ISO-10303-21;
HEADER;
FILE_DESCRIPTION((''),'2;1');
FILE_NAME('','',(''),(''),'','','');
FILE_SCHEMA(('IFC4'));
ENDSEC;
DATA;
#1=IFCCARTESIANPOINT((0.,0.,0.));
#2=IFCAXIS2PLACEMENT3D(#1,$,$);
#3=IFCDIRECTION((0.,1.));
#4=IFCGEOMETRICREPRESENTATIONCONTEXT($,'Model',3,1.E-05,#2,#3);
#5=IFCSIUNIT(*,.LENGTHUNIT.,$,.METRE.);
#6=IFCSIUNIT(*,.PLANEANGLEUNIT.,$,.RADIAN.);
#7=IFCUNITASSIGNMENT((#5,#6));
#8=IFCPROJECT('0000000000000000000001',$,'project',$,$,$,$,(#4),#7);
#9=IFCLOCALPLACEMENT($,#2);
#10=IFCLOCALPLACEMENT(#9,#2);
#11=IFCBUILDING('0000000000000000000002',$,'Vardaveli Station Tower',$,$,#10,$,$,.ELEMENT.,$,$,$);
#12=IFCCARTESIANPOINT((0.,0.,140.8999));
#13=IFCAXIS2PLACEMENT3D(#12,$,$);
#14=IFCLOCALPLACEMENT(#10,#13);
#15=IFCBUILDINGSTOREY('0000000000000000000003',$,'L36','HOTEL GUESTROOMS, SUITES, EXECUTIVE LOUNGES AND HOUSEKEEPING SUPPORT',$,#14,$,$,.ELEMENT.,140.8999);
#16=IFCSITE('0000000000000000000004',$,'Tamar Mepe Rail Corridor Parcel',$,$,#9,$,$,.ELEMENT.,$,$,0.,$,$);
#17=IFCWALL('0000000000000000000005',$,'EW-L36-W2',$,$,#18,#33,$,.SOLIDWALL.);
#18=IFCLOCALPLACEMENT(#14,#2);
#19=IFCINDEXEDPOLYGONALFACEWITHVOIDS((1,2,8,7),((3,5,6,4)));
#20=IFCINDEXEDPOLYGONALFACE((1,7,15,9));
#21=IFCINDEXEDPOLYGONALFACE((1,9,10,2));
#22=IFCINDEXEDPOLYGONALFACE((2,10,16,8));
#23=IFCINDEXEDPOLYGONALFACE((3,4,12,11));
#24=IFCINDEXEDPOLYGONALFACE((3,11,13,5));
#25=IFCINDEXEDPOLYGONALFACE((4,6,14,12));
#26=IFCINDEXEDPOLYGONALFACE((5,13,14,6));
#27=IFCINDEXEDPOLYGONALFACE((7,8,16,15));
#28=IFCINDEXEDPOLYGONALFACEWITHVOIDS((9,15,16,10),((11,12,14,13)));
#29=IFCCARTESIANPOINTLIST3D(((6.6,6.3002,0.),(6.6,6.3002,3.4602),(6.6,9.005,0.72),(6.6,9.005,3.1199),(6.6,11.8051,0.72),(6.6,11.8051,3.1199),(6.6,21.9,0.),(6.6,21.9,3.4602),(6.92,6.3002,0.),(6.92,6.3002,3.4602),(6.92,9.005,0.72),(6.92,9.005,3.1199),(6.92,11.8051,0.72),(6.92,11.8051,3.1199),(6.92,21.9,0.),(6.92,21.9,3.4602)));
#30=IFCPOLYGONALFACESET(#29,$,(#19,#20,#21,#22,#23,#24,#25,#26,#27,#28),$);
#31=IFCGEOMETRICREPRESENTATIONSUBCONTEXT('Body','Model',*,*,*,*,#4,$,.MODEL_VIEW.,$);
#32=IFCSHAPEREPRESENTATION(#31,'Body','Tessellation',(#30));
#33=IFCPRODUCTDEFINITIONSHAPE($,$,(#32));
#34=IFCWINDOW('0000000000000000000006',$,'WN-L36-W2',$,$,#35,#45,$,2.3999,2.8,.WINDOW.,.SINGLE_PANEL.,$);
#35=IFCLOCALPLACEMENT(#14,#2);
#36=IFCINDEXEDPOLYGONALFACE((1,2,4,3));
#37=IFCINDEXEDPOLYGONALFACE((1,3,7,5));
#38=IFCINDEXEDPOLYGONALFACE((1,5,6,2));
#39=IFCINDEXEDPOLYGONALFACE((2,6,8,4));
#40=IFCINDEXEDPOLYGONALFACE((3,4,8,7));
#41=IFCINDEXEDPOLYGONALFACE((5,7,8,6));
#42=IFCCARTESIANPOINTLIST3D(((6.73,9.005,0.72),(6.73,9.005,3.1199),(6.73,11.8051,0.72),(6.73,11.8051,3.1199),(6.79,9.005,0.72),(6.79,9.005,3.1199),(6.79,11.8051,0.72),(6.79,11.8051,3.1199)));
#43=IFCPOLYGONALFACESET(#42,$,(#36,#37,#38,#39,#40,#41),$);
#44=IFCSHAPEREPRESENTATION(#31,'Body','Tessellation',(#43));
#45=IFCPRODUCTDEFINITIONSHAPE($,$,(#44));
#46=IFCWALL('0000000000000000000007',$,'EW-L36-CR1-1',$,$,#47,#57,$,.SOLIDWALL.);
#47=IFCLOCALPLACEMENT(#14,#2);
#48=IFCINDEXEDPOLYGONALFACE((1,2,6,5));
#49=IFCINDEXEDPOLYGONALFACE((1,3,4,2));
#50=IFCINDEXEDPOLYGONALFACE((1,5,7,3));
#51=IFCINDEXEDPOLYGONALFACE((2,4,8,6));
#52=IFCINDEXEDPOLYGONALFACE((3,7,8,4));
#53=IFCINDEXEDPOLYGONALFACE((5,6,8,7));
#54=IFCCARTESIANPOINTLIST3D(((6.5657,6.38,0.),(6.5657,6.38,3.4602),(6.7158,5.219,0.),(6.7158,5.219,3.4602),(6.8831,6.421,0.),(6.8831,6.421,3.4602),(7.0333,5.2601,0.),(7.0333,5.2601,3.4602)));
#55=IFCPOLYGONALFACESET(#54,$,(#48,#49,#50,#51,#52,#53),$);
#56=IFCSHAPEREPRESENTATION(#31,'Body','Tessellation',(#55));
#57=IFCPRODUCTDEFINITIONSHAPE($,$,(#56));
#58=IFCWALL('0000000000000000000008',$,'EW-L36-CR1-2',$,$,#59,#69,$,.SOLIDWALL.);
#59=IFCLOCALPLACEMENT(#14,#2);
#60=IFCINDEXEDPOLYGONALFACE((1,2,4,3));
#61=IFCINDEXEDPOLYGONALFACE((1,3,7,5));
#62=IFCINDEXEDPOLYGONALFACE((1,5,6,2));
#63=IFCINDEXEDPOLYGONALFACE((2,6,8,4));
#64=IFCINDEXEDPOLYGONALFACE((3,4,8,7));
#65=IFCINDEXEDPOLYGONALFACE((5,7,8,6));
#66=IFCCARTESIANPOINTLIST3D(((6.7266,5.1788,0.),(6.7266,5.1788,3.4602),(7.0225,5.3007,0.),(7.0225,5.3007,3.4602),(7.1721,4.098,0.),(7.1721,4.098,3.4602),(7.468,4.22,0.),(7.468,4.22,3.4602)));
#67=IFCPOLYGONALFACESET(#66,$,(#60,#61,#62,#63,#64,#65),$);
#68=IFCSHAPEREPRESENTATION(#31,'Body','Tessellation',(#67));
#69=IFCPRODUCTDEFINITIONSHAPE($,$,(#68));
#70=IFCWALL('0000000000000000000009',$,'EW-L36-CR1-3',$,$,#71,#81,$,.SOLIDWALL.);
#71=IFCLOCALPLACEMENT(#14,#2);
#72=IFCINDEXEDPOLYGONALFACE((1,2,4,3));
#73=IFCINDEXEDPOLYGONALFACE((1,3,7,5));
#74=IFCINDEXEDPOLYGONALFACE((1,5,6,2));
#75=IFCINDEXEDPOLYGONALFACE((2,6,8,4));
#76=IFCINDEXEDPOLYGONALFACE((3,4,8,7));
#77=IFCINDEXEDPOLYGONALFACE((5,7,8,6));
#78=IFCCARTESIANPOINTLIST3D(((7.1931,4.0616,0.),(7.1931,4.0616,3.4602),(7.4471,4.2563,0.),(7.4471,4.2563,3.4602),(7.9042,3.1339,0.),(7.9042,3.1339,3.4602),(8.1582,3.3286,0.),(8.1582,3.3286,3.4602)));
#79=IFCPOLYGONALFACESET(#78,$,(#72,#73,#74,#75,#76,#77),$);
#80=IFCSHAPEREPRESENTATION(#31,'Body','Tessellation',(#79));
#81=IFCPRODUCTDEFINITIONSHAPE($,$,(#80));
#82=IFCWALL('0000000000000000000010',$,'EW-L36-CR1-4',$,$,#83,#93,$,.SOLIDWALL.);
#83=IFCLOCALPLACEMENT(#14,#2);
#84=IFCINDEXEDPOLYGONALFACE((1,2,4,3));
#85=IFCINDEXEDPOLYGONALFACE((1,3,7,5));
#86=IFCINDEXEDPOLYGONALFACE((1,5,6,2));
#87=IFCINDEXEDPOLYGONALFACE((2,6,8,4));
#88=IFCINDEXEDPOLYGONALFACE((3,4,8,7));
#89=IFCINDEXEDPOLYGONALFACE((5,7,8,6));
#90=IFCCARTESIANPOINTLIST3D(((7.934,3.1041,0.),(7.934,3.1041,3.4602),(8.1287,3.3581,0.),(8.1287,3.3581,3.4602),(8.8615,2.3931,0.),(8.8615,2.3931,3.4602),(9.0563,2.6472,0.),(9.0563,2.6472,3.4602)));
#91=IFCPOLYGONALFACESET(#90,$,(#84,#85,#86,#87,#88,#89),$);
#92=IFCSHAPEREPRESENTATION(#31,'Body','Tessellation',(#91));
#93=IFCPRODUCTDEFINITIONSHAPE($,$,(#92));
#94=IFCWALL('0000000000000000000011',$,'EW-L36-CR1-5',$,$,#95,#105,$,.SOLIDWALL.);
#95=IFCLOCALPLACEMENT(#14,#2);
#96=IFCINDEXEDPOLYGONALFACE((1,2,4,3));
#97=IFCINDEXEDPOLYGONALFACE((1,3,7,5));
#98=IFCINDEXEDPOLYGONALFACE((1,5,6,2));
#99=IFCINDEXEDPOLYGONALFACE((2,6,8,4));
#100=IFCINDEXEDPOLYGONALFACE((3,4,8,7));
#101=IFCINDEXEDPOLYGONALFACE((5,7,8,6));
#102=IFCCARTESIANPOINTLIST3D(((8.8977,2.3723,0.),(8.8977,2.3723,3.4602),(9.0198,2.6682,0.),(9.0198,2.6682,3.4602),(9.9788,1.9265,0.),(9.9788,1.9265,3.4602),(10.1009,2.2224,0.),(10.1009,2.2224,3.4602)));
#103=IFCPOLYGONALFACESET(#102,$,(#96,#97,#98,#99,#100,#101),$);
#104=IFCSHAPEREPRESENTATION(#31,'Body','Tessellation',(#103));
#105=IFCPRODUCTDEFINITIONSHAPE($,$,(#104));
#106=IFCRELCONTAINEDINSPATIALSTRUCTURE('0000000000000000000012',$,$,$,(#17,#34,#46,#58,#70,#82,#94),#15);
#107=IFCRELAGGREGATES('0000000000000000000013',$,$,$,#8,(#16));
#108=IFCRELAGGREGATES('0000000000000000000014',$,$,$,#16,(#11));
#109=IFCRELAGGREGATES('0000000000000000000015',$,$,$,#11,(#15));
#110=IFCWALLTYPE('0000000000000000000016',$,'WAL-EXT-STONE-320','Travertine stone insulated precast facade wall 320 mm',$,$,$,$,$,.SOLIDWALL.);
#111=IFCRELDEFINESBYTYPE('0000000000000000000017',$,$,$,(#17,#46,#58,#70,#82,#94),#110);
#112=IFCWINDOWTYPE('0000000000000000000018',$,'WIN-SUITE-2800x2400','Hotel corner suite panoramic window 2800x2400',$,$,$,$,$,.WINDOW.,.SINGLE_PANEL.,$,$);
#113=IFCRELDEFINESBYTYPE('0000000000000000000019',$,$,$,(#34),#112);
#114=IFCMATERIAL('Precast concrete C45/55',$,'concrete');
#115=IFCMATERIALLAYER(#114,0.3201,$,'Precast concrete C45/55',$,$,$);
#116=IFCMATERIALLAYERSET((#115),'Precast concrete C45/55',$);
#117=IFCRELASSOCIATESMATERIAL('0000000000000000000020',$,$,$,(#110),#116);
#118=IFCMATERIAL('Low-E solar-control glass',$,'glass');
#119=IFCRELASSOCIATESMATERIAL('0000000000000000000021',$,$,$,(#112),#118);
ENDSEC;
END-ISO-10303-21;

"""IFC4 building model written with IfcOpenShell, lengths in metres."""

from ifc_helpers import new_model, si_unit, direction, frame, frame_2d, origin, place, context, subcontext, project, spatial, rectangle, extrude, source, transform, mapped, material, layer, layer_set, type_object, element, fill, save


model = new_model("IFC4")

# Units and contexts
model_context = context("Model", 3, precision=1e-05, world=origin(), true_north=direction((0.0, 1.0)))
body_context = subcontext(model_context, "Body", "Model", "MODEL_VIEW")
ifc_project = project(units=[si_unit("LENGTHUNIT", "METRE"), si_unit("PLANEANGLEUNIT", "RADIAN")], contexts=[model_context])

# Site, building, storey
site_placement = place(None, origin())
site = spatial("IfcSite", under=ifc_project, at=site_placement, Name="Tamar Mepe Rail Corridor Parcel", CompositionType="ELEMENT", RefElevation=0.0)
building_placement = place(site_placement, origin())
building = spatial("IfcBuilding", under=site, at=building_placement, Name="Vardaveli Station Tower", CompositionType="ELEMENT")
storey_placement = place(building_placement, frame((0.0, 0.0, 140.8999)))
storey = spatial("IfcBuildingStorey", under=building, at=storey_placement, Name="L36", Description="HOTEL GUESTROOMS, SUITES, EXECUTIVE LOUNGES AND HOUSEKEEPING SUPPORT", CompositionType="ELEMENT", Elevation=140.8999)

# Shared definitions
ifc_material_1 = material(Name="Precast concrete C45/55", Category="concrete")

# Wall, opening, window
ifc_layer_1 = layer(ifc_material_1, 0.3201, Name="Precast concrete C45/55")
ifc_layer_set_1 = layer_set([ifc_layer_1], Name="Precast concrete C45/55")
wall_type_1 = type_object("IfcWallType", Name="WAL-EXT-STONE-320", Description="Travertine stone insulated precast facade wall 320 mm", PredefinedType="SOLIDWALL", material=ifc_layer_set_1)
shared_shape_1 = source(origin(), body_context, "Body", "SweptSolid", [
    extrude(rectangle(XDim=15.5999, YDim=0.3201, at=frame_2d((7.7998, 0.0))), origin(), (0.0, 0.0, 1.0), 3.4602),
])
wall_1_placement = place(storey_placement, frame((6.76, 21.8999, 0.0), z_axis=(0.0, 0.0, 1.0), x_axis=(0.0, -1.0, 0.0)))
wall_1 = element("IfcWall", 1, at=wall_1_placement, inside=storey, type_object=wall_type_1, Name="EW-L36-W2", PredefinedType="SOLIDWALL", context=body_context, shape_type="MappedRepresentation", body=[
    mapped(shared_shape_1, transform((0.0, 0.0, 0.0), scale=1.0)),
])
shared_shape_2 = source(origin(), body_context, "Body", "SweptSolid", [
    extrude(rectangle(XDim=2.8, YDim=2.3999, at=frame_2d((1.3999, 1.2))), frame((0.0, 0.1699, 0.0), z_axis=(0.0, -1.0, 0.0), x_axis=(1.0, 0.0, 0.0)), (0.0, 0.0, 1.0), 0.3401),
])
opening_1_placement = place(wall_1_placement, frame((10.095, 0.0, 0.72)))
opening_1 = element("IfcOpeningElement", 2, at=opening_1_placement, cuts=wall_1, PredefinedType="OPENING", context=body_context, shape_type="MappedRepresentation", body=[
    mapped(shared_shape_2, transform((0.0, 0.0, 0.0), scale=1.0)),
])
ifc_material_2 = material(Name="Low-E solar-control glass", Category="glass")
window_type = type_object("IfcWindowType", Name="WIN-SUITE-2800x2400", Description="Hotel corner suite panoramic window 2800x2400", PartitioningType="SINGLE_PANEL", PredefinedType="WINDOW", material=ifc_material_2)
shared_shape_3 = source(origin(), body_context, "Body", "SweptSolid", [
    extrude(rectangle(XDim=2.8, YDim=2.3999, at=frame_2d((1.3999, 1.2))), frame((0.0, 0.03, 0.0), z_axis=(0.0, -1.0, 0.0), x_axis=(1.0, 0.0, 0.0)), (0.0, 0.0, 1.0), 0.0601),
])
window_placement = place(opening_1_placement, origin())
window = element("IfcWindow", 3, at=window_placement, inside=storey, type_object=window_type, Name="WN-L36-W2", OverallHeight=2.3999, OverallWidth=2.8, PartitioningType="SINGLE_PANEL", PredefinedType="WINDOW", context=body_context, shape_type="MappedRepresentation", body=[
    mapped(shared_shape_3, transform((0.0, 0.0, 0.0), scale=1.0)),
])
fill(opening_1, window)

# Walls
shared_shape_4 = source(origin(), body_context, "Body", "SweptSolid", [
    extrude(rectangle(XDim=1.1707, YDim=0.3201, at=frame_2d((0.5854, 0.0))), origin(), (0.0, 0.0, 1.0), 3.4602),
])
wall_2_placement = place(storey_placement, frame((6.7244, 6.4006, 0.0), z_axis=(0.0, 0.0, 1.0), x_axis=(0.128269, -0.991739, 0.0)))
element("IfcWall", 4, at=wall_2_placement, inside=storey, type_object=wall_type_1, Name="EW-L36-CR1-1", PredefinedType="SOLIDWALL", context=body_context, shape_type="MappedRepresentation", body=[
    mapped(shared_shape_4, transform((0.0, 0.0, 0.0), scale=1.0)),
])
shared_shape_5 = source(origin(), body_context, "Body", "SweptSolid", [
    extrude(rectangle(XDim=1.1689, YDim=0.3201, at=frame_2d((0.5845, 0.0))), origin(), (0.0, 0.0, 1.0), 3.4602),
])
for number, where, z_axis, x_axis, name in (
    (5, (6.8745, 5.2397, 0.0), (0.0, 0.0, 1.0), (0.381128, -0.924522, 0.0), "EW-L36-CR1-2"),
    (6, (7.3201, 4.1589, 0.0), (0.0, 0.0, 1.0), (0.608388, -0.79364, 0.0), "EW-L36-CR1-3"),
):
    element("IfcWall", number, at=place(storey_placement, frame(where, z_axis=z_axis, x_axis=x_axis)), inside=storey, type_object=wall_type_1, Name=name, PredefinedType="SOLIDWALL", context=body_context, shape_type="MappedRepresentation", body=[
        mapped(shared_shape_5, transform((0.0, 0.0, 0.0), scale=1.0)),
    ])
shared_shape_6 = source(origin(), body_context, "Body", "SweptSolid", [
    extrude(rectangle(XDim=1.1687, YDim=0.3201, at=frame_2d((0.5845, 0.0))), origin(), (0.0, 0.0, 1.0), 3.4602),
])
wall_3_placement = place(storey_placement, frame((8.0312, 3.2312, 0.0), z_axis=(0.0, 0.0, 1.0), x_axis=(0.793664, -0.608357, 0.0)))
element("IfcWall", 7, at=wall_3_placement, inside=storey, type_object=wall_type_1, Name="EW-L36-CR1-4", PredefinedType="SOLIDWALL", context=body_context, shape_type="MappedRepresentation", body=[
    mapped(shared_shape_6, transform((0.0, 0.0, 0.0), scale=1.0)),
])
shared_shape_7 = source(origin(), body_context, "Body", "SweptSolid", [
    extrude(rectangle(XDim=1.1694, YDim=0.3201, at=frame_2d((0.5847, 0.0))), origin(), (0.0, 0.0, 1.0), 3.4602),
])
wall_4_placement = place(storey_placement, frame((8.9587, 2.5203, 0.0), z_axis=(0.0, 0.0, 1.0), x_axis=(0.924479, -0.381233, 0.0)))
element("IfcWall", 8, at=wall_4_placement, inside=storey, type_object=wall_type_1, Name="EW-L36-CR1-5", PredefinedType="SOLIDWALL", context=body_context, shape_type="MappedRepresentation", body=[
    mapped(shared_shape_7, transform((0.0, 0.0, 0.0), scale=1.0)),
])

save(model, "model.ifc")
